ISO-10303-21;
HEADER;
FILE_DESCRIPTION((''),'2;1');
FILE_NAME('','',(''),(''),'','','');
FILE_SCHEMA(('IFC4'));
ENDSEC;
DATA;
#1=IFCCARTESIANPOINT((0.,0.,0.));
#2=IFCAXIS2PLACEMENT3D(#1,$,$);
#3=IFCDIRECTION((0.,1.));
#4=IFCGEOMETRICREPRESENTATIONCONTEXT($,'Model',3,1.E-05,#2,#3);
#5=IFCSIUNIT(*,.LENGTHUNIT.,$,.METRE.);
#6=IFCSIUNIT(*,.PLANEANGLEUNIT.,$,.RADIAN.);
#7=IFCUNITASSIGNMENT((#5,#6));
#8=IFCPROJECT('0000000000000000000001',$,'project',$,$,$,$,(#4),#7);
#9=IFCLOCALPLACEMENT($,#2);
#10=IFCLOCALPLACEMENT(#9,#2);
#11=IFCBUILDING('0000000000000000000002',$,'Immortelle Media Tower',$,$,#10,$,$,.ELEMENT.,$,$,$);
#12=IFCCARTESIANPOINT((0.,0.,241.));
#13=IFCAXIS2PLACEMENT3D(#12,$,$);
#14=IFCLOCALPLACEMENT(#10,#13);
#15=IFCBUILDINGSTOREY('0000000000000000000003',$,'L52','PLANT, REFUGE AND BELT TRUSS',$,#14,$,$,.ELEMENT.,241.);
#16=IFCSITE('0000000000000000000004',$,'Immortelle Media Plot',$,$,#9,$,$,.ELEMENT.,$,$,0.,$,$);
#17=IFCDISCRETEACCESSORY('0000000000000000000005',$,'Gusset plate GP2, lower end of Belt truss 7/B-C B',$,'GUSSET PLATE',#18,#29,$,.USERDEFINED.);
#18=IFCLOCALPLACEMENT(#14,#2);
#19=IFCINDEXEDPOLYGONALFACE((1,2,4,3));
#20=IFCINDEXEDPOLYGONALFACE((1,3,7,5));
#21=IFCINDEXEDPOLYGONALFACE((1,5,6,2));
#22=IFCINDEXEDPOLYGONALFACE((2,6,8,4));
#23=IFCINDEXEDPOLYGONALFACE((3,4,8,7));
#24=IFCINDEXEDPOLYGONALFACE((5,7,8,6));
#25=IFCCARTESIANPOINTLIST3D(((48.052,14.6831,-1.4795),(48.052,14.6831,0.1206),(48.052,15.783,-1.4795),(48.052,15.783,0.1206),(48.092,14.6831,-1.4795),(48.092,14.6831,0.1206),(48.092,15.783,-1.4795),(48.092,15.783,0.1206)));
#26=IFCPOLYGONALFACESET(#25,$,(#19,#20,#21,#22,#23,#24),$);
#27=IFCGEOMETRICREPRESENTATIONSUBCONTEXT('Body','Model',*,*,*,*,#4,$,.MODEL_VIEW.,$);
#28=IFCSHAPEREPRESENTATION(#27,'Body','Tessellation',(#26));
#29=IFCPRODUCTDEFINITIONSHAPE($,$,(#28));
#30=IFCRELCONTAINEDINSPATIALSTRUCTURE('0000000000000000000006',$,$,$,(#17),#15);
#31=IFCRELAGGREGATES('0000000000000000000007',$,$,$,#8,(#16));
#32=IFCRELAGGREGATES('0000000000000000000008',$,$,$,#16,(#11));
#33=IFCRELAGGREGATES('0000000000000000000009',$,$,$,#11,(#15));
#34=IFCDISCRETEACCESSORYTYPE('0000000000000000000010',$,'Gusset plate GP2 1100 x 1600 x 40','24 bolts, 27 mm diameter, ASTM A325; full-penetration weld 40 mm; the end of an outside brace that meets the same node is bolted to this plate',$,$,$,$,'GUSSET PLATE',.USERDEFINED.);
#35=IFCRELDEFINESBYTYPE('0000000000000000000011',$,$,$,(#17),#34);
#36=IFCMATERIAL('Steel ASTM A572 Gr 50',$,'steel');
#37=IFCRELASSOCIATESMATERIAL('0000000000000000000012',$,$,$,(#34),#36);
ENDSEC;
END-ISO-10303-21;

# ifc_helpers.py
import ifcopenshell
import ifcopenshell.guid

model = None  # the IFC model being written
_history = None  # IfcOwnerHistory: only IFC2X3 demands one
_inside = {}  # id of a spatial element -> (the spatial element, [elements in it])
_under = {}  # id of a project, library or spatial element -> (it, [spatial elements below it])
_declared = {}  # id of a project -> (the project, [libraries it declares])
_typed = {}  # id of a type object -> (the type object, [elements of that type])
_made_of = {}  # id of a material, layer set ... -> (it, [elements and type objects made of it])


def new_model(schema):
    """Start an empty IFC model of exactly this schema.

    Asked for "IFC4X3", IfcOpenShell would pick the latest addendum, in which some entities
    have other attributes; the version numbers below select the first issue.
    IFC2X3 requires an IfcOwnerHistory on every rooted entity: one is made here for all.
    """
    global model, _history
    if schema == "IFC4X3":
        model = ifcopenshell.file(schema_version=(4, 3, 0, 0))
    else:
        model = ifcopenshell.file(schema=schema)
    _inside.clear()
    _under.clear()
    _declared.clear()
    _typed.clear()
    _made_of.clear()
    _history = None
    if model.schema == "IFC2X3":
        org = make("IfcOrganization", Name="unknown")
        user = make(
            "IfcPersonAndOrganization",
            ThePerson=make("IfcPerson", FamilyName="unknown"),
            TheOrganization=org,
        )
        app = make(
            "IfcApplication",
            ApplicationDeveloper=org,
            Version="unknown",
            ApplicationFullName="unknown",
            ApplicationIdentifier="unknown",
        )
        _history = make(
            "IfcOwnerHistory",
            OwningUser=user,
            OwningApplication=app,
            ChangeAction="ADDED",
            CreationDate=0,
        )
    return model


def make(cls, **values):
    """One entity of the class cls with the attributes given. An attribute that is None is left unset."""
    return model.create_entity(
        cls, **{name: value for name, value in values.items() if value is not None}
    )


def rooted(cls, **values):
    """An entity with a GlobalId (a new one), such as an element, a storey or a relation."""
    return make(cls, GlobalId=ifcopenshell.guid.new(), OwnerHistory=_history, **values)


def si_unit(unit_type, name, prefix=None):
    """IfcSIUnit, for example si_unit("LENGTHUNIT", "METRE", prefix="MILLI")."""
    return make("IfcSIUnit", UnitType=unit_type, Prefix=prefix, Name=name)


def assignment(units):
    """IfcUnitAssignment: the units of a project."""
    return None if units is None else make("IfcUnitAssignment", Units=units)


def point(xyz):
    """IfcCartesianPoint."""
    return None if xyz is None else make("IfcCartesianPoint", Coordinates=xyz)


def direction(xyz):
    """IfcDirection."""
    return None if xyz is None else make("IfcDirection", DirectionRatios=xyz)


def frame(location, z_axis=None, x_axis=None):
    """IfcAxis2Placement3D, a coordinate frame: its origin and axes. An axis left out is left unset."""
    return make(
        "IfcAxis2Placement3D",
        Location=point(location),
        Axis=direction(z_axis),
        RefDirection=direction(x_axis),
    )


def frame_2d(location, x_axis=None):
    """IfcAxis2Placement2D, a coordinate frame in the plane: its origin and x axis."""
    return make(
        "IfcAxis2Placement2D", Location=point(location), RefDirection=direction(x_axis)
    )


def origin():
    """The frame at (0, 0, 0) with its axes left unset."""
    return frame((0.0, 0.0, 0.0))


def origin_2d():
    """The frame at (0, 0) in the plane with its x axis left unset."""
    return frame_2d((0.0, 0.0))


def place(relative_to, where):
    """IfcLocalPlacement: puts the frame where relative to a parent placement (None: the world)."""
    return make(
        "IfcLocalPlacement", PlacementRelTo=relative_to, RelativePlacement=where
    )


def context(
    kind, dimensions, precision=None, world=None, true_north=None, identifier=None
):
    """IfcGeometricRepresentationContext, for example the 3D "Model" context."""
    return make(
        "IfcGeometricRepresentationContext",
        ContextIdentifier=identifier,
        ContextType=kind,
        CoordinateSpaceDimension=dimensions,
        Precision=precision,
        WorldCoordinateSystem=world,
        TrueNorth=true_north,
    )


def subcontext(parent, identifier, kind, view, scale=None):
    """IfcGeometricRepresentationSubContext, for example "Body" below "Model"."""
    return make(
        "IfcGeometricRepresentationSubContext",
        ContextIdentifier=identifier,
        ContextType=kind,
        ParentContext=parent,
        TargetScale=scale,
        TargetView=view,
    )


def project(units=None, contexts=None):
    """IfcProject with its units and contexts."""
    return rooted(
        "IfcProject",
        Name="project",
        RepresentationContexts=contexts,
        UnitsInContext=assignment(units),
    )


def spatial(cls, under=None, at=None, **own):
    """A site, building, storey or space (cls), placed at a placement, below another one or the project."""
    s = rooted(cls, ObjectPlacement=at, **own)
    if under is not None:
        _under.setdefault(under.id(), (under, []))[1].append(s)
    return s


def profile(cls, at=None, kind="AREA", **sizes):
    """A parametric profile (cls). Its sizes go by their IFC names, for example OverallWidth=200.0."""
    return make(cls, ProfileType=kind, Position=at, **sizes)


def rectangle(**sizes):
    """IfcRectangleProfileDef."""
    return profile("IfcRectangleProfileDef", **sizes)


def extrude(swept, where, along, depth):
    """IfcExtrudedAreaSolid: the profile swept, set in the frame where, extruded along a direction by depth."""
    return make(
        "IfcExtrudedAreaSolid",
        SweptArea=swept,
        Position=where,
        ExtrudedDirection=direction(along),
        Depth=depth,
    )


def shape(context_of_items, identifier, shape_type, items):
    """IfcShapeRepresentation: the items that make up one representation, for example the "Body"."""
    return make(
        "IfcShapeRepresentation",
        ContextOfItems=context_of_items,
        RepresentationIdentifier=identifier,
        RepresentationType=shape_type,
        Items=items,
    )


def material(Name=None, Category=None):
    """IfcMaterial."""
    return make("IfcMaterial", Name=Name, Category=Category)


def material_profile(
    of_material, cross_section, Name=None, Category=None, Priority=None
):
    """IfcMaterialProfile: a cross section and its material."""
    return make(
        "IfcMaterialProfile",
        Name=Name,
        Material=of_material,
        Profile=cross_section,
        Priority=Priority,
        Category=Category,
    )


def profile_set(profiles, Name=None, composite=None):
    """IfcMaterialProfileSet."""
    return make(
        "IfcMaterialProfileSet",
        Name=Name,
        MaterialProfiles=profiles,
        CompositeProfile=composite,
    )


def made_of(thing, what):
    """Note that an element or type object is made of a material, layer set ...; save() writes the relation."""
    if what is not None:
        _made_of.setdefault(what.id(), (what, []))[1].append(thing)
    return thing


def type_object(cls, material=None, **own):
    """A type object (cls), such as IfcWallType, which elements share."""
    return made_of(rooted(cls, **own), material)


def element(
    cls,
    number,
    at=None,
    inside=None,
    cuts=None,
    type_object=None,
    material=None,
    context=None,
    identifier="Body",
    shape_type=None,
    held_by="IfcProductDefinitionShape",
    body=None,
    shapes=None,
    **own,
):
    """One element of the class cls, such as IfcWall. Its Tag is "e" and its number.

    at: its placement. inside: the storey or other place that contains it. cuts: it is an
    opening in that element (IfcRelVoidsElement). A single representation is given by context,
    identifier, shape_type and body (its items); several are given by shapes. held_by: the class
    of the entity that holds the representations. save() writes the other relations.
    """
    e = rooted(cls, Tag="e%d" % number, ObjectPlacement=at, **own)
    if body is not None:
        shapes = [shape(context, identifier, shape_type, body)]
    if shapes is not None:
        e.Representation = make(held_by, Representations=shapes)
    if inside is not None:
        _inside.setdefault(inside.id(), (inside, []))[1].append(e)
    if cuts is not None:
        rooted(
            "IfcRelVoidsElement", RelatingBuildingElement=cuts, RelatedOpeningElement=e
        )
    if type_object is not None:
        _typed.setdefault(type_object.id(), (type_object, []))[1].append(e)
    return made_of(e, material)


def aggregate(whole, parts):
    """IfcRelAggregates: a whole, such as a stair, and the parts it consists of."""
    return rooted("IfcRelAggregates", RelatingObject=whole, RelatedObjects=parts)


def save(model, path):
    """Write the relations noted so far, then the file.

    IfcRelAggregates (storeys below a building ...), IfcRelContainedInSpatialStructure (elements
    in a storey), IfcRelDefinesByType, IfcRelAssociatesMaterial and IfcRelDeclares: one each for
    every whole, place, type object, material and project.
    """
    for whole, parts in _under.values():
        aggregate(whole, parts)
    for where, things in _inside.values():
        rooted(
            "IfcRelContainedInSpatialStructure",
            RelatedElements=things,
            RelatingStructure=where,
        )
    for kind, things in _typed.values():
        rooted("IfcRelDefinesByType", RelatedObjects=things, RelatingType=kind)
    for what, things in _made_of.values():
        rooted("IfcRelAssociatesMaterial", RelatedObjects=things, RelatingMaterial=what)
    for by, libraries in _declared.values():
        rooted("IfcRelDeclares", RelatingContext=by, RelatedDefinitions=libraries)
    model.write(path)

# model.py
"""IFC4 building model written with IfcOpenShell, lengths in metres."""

from ifc_helpers import new_model, si_unit, direction, frame, origin, origin_2d, place, context, subcontext, project, spatial, rectangle, extrude, material, material_profile, profile_set, type_object, element, save


model = new_model("IFC4")

# Units and contexts
model_context = context("Model", 3, precision=1e-05, world=origin(), true_north=direction((0.0, 1.0)))
body_context = subcontext(model_context, "Body", "Model", "MODEL_VIEW")
ifc_project = project(units=[si_unit("LENGTHUNIT", "METRE"), si_unit("PLANEANGLEUNIT", "RADIAN")], contexts=[model_context])

# Site, building, storey
site_placement = place(None, origin())
site = spatial("IfcSite", under=ifc_project, at=site_placement, Name="Immortelle Media Plot", CompositionType="ELEMENT", RefElevation=0.0)
building_placement = place(site_placement, origin())
building = spatial("IfcBuilding", under=site, at=building_placement, Name="Immortelle Media Tower", CompositionType="ELEMENT")
storey_placement = place(building_placement, frame((0.0, 0.0, 241.0)))
storey = spatial("IfcBuildingStorey", under=building, at=storey_placement, Name="L52", Description="PLANT, REFUGE AND BELT TRUSS", CompositionType="ELEMENT", Elevation=241.0)

# Discrete accessory
ifc_material_1 = material(Name="Steel ASTM A572 Gr 50", Category="steel")
ifc_material_profile_1 = material_profile(ifc_material_1, rectangle(XDim=0.04, YDim=1.6001, at=origin_2d()), Name="PL 40 x 1600")
ifc_profile_set_1 = profile_set([ifc_material_profile_1], Name="Steel ASTM A572 Gr 50")
discrete_accessory_type = type_object("IfcDiscreteAccessoryType", Name="Gusset plate GP2 1100 x 1600 x 40", Description="24 bolts, 27 mm diameter, ASTM A325; full-penetration weld 40 mm; the end of an outside brace that meets the same node is bolted to this plate", ElementType="GUSSET PLATE", PredefinedType="USERDEFINED", material=ifc_profile_set_1)
for number, where, z_axis, x_axis, name in (
    (1, (48.072, 15.783, -0.6794), (0.0, -1.0, 0.0), (1.0, 0.0, 0.0), "Gusset plate GP2, lower end of Belt truss 7/B-C B"),
):
    element("IfcDiscreteAccessory", number, at=place(storey_placement, frame(where, z_axis=z_axis, x_axis=x_axis)), inside=storey, type_object=discrete_accessory_type, Name=name, ObjectType="GUSSET PLATE", PredefinedType="USERDEFINED", context=body_context, shape_type="SweptSolid", body=[
        extrude(rectangle(XDim=0.04, YDim=1.6001, at=origin_2d()), origin(), (0.0, 0.0, 1.0), 1.0999),
    ])

save(model, "model.ifc")
